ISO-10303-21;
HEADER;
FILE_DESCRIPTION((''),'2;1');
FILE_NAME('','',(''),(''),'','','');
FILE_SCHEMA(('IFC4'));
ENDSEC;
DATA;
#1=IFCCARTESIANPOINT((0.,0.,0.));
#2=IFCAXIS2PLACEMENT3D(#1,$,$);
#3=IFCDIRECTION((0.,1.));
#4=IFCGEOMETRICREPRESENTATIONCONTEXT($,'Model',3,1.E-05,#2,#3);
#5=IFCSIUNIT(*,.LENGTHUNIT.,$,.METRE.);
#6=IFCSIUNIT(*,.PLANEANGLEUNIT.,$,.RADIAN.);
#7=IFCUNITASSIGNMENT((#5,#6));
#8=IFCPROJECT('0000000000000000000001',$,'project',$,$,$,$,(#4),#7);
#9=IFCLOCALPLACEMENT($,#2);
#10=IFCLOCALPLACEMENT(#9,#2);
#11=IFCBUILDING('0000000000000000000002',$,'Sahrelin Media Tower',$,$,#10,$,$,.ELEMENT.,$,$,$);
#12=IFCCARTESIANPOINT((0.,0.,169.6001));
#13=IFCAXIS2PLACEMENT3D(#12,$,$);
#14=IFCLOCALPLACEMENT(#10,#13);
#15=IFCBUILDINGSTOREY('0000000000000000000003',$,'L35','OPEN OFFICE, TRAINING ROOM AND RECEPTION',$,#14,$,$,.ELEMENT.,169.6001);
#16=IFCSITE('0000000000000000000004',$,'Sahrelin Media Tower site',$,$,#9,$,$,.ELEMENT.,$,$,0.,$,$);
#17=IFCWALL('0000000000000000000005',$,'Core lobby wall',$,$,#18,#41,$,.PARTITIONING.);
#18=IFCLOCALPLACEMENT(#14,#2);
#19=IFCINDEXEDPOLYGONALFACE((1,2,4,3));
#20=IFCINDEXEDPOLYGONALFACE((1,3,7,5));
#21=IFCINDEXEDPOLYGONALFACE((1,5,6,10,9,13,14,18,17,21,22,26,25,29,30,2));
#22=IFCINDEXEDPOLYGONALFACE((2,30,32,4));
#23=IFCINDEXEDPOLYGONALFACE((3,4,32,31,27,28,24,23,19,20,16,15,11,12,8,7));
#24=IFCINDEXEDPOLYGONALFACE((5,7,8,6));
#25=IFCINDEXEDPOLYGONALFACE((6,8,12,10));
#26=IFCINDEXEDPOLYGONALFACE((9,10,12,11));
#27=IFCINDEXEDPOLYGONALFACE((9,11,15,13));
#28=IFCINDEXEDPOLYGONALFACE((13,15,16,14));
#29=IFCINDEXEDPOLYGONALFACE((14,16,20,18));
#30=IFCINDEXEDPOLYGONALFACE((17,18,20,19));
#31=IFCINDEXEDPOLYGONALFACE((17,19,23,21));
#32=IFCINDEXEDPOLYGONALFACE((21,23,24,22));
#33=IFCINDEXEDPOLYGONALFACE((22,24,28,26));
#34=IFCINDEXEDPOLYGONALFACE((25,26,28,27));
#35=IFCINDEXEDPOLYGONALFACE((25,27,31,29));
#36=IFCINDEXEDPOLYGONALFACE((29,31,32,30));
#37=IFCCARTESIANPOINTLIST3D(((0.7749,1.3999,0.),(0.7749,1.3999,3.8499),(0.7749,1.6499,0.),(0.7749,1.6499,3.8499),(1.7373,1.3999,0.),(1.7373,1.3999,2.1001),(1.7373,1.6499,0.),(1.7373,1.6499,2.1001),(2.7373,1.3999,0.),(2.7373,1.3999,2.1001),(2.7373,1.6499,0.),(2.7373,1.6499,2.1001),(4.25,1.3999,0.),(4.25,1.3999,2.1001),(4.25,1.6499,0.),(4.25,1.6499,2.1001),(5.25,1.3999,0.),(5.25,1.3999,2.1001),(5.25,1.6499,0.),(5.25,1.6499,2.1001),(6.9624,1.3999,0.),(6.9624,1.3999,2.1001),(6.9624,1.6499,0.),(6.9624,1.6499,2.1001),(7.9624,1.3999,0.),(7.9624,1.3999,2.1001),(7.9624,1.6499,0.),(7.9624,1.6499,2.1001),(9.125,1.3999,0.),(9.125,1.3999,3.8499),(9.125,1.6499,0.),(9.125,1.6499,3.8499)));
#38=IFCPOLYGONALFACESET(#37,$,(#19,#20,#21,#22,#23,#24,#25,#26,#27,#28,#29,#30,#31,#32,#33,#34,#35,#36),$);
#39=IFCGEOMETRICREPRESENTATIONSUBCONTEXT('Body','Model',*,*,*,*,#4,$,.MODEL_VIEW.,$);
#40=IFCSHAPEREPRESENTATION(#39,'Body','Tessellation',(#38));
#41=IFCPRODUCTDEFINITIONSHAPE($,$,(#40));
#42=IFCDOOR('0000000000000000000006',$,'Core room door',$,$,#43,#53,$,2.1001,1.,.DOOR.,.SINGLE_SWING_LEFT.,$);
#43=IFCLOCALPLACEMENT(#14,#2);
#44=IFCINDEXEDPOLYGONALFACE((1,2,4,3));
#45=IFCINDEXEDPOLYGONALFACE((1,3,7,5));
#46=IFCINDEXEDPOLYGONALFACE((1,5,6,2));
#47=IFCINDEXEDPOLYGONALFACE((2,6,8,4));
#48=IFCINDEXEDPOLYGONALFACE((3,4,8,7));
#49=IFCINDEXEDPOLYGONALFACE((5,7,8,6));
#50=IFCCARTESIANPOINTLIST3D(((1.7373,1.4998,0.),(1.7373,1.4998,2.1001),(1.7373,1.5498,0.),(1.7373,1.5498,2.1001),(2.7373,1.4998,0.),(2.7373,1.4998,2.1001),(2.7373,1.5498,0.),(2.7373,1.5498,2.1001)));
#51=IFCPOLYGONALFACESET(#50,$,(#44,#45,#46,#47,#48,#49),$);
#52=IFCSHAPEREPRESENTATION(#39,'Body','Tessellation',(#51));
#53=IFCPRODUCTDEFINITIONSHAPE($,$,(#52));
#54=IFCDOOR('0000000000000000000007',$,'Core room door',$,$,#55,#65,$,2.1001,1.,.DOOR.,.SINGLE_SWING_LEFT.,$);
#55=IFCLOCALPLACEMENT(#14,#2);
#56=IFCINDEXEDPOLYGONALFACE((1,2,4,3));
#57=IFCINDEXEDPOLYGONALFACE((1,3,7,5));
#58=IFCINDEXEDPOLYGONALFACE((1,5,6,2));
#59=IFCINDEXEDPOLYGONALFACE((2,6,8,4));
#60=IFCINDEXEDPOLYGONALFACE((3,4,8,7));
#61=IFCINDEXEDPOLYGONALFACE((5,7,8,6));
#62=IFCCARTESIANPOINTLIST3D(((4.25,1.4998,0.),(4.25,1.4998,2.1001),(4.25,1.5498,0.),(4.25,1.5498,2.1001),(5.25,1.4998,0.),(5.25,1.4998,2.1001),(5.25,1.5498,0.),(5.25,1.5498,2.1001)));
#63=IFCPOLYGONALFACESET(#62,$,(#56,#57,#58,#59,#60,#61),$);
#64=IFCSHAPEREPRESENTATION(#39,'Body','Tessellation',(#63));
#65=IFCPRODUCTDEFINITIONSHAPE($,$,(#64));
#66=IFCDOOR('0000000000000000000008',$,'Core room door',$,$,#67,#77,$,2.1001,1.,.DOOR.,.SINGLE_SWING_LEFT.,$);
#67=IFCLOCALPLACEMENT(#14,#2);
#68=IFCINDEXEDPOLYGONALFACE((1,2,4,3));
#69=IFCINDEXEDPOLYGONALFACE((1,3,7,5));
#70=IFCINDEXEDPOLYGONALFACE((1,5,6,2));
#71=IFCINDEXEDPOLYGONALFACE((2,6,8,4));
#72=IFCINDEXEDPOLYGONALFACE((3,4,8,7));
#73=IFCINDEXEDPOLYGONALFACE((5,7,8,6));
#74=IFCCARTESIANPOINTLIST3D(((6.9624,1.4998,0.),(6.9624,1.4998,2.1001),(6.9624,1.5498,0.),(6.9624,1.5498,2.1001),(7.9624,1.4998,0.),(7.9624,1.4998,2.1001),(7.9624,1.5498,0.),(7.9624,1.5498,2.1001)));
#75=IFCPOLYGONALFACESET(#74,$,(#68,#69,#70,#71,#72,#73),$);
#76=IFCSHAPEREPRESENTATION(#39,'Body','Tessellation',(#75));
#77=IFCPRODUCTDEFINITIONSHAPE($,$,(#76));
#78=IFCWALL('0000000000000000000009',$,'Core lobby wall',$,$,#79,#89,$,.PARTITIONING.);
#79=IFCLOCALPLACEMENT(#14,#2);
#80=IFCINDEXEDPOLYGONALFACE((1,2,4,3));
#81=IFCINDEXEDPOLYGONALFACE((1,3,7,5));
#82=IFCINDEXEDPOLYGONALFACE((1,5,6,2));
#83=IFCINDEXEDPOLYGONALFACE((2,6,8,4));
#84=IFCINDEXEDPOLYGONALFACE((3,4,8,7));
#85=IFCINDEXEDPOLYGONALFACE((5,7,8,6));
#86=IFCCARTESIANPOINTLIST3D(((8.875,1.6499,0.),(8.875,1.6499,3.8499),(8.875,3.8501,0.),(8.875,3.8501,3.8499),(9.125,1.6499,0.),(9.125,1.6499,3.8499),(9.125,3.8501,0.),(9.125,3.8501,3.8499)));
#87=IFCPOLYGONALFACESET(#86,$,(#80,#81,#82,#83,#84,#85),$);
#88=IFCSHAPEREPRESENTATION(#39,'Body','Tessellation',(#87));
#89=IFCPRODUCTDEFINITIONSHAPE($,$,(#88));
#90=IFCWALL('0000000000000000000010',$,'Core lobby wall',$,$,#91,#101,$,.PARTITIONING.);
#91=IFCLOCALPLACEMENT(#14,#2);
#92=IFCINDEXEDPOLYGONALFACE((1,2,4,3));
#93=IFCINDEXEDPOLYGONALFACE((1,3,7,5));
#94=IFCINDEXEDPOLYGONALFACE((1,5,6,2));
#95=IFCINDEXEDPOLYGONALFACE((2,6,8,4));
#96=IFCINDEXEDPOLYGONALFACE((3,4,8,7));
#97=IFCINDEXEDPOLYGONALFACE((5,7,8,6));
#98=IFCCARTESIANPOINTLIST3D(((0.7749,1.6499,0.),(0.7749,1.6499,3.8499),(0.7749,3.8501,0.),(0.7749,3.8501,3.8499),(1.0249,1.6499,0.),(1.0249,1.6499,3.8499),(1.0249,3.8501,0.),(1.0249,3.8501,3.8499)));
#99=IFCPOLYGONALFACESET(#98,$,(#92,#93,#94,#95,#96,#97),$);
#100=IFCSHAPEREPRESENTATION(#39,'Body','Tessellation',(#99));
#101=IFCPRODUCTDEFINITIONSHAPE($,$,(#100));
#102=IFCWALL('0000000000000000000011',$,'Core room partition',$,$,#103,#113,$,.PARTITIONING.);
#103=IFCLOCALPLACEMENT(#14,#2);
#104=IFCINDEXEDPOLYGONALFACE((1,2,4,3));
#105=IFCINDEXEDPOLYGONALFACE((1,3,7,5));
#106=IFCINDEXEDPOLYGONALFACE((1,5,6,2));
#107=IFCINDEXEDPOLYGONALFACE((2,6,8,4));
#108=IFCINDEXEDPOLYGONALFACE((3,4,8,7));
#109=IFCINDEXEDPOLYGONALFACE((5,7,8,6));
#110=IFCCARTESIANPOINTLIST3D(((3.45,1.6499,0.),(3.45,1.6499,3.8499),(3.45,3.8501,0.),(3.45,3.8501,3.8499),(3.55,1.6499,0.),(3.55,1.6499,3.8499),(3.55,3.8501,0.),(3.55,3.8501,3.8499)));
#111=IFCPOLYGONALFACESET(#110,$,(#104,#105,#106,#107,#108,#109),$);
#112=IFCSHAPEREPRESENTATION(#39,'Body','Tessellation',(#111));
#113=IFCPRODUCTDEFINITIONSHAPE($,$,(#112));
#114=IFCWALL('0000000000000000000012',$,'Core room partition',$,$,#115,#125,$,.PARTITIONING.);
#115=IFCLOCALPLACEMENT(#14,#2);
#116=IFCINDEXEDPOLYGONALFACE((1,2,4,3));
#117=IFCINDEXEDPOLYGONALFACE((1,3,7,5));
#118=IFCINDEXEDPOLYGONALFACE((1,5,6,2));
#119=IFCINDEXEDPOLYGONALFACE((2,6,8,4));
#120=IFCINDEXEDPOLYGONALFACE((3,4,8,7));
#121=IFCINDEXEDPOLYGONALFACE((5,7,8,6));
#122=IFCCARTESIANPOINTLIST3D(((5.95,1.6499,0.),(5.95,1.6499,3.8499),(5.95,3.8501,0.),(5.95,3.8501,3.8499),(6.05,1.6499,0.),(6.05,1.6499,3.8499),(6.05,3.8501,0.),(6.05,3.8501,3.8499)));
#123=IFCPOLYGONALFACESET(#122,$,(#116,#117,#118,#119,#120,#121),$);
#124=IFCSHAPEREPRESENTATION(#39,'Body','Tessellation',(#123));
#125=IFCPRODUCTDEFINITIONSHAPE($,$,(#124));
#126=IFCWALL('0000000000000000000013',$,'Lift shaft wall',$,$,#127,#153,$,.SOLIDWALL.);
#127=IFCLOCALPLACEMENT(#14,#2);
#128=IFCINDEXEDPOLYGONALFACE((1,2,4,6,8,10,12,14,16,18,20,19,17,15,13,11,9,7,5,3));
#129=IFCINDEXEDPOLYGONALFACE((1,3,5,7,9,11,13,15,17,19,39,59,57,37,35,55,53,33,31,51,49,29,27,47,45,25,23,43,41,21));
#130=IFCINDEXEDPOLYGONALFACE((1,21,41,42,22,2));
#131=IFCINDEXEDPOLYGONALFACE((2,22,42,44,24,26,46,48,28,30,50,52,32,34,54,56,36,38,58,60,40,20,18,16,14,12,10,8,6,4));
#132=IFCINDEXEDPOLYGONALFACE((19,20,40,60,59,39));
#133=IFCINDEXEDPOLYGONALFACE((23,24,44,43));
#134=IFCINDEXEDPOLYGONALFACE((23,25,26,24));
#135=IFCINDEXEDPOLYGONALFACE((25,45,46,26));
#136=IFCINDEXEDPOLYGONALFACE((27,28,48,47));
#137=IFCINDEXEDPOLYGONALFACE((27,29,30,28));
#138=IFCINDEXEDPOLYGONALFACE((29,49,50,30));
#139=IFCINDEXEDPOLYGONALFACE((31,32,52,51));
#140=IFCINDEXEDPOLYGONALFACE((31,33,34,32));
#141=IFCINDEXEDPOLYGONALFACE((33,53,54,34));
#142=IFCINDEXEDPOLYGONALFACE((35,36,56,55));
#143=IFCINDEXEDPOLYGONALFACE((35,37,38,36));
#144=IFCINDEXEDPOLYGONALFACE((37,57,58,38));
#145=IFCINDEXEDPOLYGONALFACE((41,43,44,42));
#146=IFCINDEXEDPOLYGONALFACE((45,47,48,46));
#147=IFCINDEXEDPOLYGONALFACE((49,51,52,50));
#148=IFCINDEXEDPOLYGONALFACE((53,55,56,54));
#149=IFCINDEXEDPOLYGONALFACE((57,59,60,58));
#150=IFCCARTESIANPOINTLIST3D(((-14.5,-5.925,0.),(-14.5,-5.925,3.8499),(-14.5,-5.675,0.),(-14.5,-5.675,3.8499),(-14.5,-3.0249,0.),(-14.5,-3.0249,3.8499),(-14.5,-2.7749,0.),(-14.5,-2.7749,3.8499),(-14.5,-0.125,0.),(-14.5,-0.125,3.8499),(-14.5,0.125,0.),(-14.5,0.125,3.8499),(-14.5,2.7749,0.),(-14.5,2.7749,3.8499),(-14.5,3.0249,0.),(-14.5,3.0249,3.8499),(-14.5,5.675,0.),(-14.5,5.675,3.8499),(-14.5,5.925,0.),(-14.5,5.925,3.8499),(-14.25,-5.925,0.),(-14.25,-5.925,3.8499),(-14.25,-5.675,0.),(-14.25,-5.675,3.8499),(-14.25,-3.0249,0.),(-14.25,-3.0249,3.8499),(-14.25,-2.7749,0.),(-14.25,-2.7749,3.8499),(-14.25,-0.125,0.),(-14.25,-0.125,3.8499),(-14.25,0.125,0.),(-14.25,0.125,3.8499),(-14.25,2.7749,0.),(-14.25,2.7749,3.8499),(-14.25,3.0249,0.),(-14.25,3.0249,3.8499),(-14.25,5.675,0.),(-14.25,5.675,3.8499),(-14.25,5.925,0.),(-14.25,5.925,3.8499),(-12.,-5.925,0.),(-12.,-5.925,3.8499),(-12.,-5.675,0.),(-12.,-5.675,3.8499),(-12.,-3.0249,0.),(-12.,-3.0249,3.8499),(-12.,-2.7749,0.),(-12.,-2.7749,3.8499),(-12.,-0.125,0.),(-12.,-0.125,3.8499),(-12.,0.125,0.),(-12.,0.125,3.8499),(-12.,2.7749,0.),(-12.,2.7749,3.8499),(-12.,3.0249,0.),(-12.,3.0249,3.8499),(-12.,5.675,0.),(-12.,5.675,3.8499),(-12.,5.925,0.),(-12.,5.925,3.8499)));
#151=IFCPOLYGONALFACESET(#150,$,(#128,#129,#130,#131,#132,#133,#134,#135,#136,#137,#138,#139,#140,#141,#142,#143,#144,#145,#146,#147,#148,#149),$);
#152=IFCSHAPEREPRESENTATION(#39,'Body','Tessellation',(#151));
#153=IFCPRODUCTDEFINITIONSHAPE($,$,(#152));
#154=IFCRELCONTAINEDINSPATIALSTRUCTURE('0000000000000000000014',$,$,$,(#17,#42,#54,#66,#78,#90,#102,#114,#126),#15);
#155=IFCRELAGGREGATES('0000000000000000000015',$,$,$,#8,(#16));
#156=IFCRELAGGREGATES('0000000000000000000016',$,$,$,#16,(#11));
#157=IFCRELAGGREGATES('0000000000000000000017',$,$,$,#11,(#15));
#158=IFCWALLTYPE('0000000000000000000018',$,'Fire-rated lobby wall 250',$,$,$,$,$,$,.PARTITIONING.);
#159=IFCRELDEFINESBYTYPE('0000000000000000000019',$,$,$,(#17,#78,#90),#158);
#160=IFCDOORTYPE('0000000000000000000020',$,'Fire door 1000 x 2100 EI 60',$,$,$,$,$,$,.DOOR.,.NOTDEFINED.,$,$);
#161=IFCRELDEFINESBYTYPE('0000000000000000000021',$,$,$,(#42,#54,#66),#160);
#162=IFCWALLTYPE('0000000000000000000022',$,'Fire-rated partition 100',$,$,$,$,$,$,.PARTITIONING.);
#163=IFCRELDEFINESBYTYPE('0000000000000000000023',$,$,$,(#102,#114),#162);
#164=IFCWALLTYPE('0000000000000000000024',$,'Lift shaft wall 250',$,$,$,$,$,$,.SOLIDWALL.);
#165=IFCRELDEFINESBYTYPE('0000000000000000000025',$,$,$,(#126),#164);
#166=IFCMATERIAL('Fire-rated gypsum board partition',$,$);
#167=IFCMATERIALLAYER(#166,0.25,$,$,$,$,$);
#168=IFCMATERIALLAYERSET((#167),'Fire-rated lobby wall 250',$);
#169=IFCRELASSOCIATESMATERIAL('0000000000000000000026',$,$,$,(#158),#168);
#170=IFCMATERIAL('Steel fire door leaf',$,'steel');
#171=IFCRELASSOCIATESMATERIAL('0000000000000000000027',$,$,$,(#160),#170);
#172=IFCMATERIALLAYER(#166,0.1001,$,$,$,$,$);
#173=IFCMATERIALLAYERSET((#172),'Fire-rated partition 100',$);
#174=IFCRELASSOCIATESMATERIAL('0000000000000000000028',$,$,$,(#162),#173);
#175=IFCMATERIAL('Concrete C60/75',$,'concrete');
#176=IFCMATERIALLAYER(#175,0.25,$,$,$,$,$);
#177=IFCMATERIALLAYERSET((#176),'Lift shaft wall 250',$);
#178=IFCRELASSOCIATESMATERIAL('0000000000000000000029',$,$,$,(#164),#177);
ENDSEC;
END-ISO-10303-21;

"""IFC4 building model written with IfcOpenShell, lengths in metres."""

from ifc_helpers import new_model, si_unit, direction, frame, frame_2d, origin, place, context, subcontext, project, spatial, polyline, rectangle, outline, extrude, material, layer, layer_set, type_object, element, fill, save


model = new_model("IFC4")

# Units and contexts
model_context = context("Model", 3, precision=1e-05, world=origin(), true_north=direction((0.0, 1.0)))
body_context = subcontext(model_context, "Body", "Model", "MODEL_VIEW")
ifc_project = project(units=[si_unit("LENGTHUNIT", "METRE"), si_unit("PLANEANGLEUNIT", "RADIAN")], contexts=[model_context])

# Site, building, storey
site_placement = place(None, origin())
site = spatial("IfcSite", under=ifc_project, at=site_placement, Name="Sahrelin Media Tower site", CompositionType="ELEMENT", RefElevation=0.0)
building_placement = place(site_placement, origin())
building = spatial("IfcBuilding", under=site, at=building_placement, Name="Sahrelin Media Tower", CompositionType="ELEMENT")
storey_placement = place(building_placement, frame((0.0, 0.0, 169.6001)))
storey = spatial("IfcBuildingStorey", under=building, at=storey_placement, Name="L35", Description="OPEN OFFICE, TRAINING ROOM AND RECEPTION", CompositionType="ELEMENT", Elevation=169.6001)

# Wall, openings, doors
ifc_material_1 = material(Name="Fire-rated gypsum board partition")
ifc_layer_1 = layer(ifc_material_1, 0.25)
ifc_layer_set_1 = layer_set([ifc_layer_1], Name="Fire-rated lobby wall 250")
wall_type_1 = type_object("IfcWallType", Name="Fire-rated lobby wall 250", PredefinedType="PARTITIONING", material=ifc_layer_set_1)
wall_1_placement = place(storey_placement, frame((0.7749, 1.5249, 0.0), z_axis=(0.0, 0.0, 1.0), x_axis=(1.0, 0.0, 0.0)))
wall_1 = element("IfcWall", 1, at=wall_1_placement, inside=storey, type_object=wall_type_1, Name="Core lobby wall", PredefinedType="PARTITIONING", context=body_context, shape_type="SweptSolid", body=[
    extrude(rectangle(XDim=8.3501, YDim=0.25, at=frame_2d((4.175, 0.0))), origin(), (0.0, 0.0, 1.0), 3.8499),
])
opening_1_placement = place(wall_1_placement, frame((0.9624, 0.0, 0.0)))
opening_1 = element("IfcOpeningElement", 2, at=opening_1_placement, cuts=wall_1, PredefinedType="OPENING", context=body_context, shape_type="SweptSolid", body=[
    extrude(rectangle(XDim=1.0, YDim=2.1001, at=frame_2d((0.5, 1.05))), frame((0.0, 0.125, 0.0), z_axis=(0.0, -1.0, 0.0), x_axis=(1.0, 0.0, 0.0)), (0.0, 0.0, 1.0), 0.25),
])
opening_2_placement = place(wall_1_placement, frame((3.4751, 0.0, 0.0)))
opening_2 = element("IfcOpeningElement", 3, at=opening_2_placement, cuts=wall_1, PredefinedType="OPENING", context=body_context, shape_type="SweptSolid", body=[
    extrude(rectangle(XDim=1.0, YDim=2.1001, at=frame_2d((0.5, 1.05))), frame((0.0, 0.125, 0.0), z_axis=(0.0, -1.0, 0.0), x_axis=(1.0, 0.0, 0.0)), (0.0, 0.0, 1.0), 0.25),
])
opening_3_placement = place(wall_1_placement, frame((6.1875, 0.0, 0.0)))
opening_3 = element("IfcOpeningElement", 4, at=opening_3_placement, cuts=wall_1, PredefinedType="OPENING", context=body_context, shape_type="SweptSolid", body=[
    extrude(rectangle(XDim=1.0, YDim=2.1001, at=frame_2d((0.5, 1.05))), frame((0.0, 0.125, 0.0), z_axis=(0.0, -1.0, 0.0), x_axis=(1.0, 0.0, 0.0)), (0.0, 0.0, 1.0), 0.25),
])
ifc_material_2 = material(Name="Steel fire door leaf", Category="steel")
door_type_1 = type_object("IfcDoorType", Name="Fire door 1000 x 2100 EI 60", OperationType="NOTDEFINED", PredefinedType="DOOR", material=ifc_material_2)
door_1_placement = place(opening_1_placement, origin())
door_1 = element("IfcDoor", 5, at=door_1_placement, inside=storey, type_object=door_type_1, Name="Core room door", OperationType="SINGLE_SWING_LEFT", OverallHeight=2.1001, OverallWidth=1.0, PredefinedType="DOOR", context=body_context, shape_type="SweptSolid", body=[
    extrude(rectangle(XDim=1.0, YDim=2.1001, at=frame_2d((0.5, 1.05))), frame((0.0, 0.0249, 0.0), z_axis=(0.0, -1.0, 0.0), x_axis=(1.0, 0.0, 0.0)), (0.0, 0.0, 1.0), 0.05),
])
fill(opening_1, door_1)
door_2_placement = place(opening_2_placement, origin())
door_2 = element("IfcDoor", 6, at=door_2_placement, inside=storey, type_object=door_type_1, Name="Core room door", OperationType="SINGLE_SWING_LEFT", OverallHeight=2.1001, OverallWidth=1.0, PredefinedType="DOOR", context=body_context, shape_type="SweptSolid", body=[
    extrude(rectangle(XDim=1.0, YDim=2.1001, at=frame_2d((0.5, 1.05))), frame((0.0, 0.0249, 0.0), z_axis=(0.0, -1.0, 0.0), x_axis=(1.0, 0.0, 0.0)), (0.0, 0.0, 1.0), 0.05),
])
fill(opening_2, door_2)
door_3_placement = place(opening_3_placement, origin())
door_3 = element("IfcDoor", 7, at=door_3_placement, inside=storey, type_object=door_type_1, Name="Core room door", OperationType="SINGLE_SWING_LEFT", OverallHeight=2.1001, OverallWidth=1.0, PredefinedType="DOOR", context=body_context, shape_type="SweptSolid", body=[
    extrude(rectangle(XDim=1.0, YDim=2.1001, at=frame_2d((0.5, 1.05))), frame((0.0, 0.0249, 0.0), z_axis=(0.0, -1.0, 0.0), x_axis=(1.0, 0.0, 0.0)), (0.0, 0.0, 1.0), 0.05),
])
fill(opening_3, door_3)

# Walls
for number, where, z_axis, x_axis, name in (
    (8, (9.0, 1.6499, 0.0), (0.0, 0.0, 1.0), (0.0, 1.0, 0.0), "Core lobby wall"),
    (9, (0.8999, 1.6499, 0.0), (0.0, 0.0, 1.0), (0.0, 1.0, 0.0), "Core lobby wall"),
):
    element("IfcWall", number, at=place(storey_placement, frame(where, z_axis=z_axis, x_axis=x_axis)), inside=storey, type_object=wall_type_1, Name=name, PredefinedType="PARTITIONING", context=body_context, shape_type="SweptSolid", body=[
        extrude(rectangle(XDim=2.2002, YDim=0.25, at=frame_2d((1.1001, 0.0))), origin(), (0.0, 0.0, 1.0), 3.8499),
    ])
ifc_layer_2 = layer(ifc_material_1, 0.1001)
ifc_layer_set_2 = layer_set([ifc_layer_2], Name="Fire-rated partition 100")
wall_type_2 = type_object("IfcWallType", Name="Fire-rated partition 100", PredefinedType="PARTITIONING", material=ifc_layer_set_2)
for number, where, z_axis, x_axis, name in (
    (10, (3.5, 1.6499, 0.0), (0.0, 0.0, 1.0), (0.0, 1.0, 0.0), "Core room partition"),
    (11, (6.0, 1.6499, 0.0), (0.0, 0.0, 1.0), (0.0, 1.0, 0.0), "Core room partition"),
):
    element("IfcWall", number, at=place(storey_placement, frame(where, z_axis=z_axis, x_axis=x_axis)), inside=storey, type_object=wall_type_2, Name=name, PredefinedType="PARTITIONING", context=body_context, shape_type="SweptSolid", body=[
        extrude(rectangle(XDim=2.2002, YDim=0.1001, at=frame_2d((1.1001, 0.0))), origin(), (0.0, 0.0, 1.0), 3.8499),
    ])
ifc_material_3 = material(Name="Concrete C60/75", Category="concrete")
ifc_layer_3 = layer(ifc_material_3, 0.25)
ifc_layer_set_3 = layer_set([ifc_layer_3], Name="Lift shaft wall 250")
wall_type_3 = type_object("IfcWallType", Name="Lift shaft wall 250", PredefinedType="SOLIDWALL", material=ifc_layer_set_3)
placement = place(storey_placement, origin())
element("IfcWall", 12, at=placement, inside=storey, type_object=wall_type_3, Name="Lift shaft wall", PredefinedType="SOLIDWALL", context=body_context, shape_type="SweptSolid", body=[
    extrude(outline(polyline([(-12.0, -5.925), (-12.0, -5.675), (-14.25, -5.675), (-14.25, -3.0249), (-12.0, -3.0249), (-12.0, -2.7749), (-14.25, -2.7749), (-14.25, -0.125), (-12.0, -0.125), (-12.0, 0.125), (-14.25, 0.125), (-14.25, 2.7749), (-12.0, 2.7749), (-12.0, 3.0249), (-14.25, 3.0249), (-14.25, 5.675), (-12.0, 5.675), (-12.0, 5.925), (-14.25, 5.925), (-14.5, 5.925), (-14.5, 5.675), (-14.5, 3.0249), (-14.5, 2.7749), (-14.5, 0.125), (-14.5, -0.125), (-14.5, -2.7749), (-14.5, -3.0249), (-14.5, -5.675), (-14.5, -5.925), (-14.25, -5.925), (-12.0, -5.925)])), origin(), (0.0, 0.0, 1.0), 3.8499),
])

save(model, "model.ifc")
